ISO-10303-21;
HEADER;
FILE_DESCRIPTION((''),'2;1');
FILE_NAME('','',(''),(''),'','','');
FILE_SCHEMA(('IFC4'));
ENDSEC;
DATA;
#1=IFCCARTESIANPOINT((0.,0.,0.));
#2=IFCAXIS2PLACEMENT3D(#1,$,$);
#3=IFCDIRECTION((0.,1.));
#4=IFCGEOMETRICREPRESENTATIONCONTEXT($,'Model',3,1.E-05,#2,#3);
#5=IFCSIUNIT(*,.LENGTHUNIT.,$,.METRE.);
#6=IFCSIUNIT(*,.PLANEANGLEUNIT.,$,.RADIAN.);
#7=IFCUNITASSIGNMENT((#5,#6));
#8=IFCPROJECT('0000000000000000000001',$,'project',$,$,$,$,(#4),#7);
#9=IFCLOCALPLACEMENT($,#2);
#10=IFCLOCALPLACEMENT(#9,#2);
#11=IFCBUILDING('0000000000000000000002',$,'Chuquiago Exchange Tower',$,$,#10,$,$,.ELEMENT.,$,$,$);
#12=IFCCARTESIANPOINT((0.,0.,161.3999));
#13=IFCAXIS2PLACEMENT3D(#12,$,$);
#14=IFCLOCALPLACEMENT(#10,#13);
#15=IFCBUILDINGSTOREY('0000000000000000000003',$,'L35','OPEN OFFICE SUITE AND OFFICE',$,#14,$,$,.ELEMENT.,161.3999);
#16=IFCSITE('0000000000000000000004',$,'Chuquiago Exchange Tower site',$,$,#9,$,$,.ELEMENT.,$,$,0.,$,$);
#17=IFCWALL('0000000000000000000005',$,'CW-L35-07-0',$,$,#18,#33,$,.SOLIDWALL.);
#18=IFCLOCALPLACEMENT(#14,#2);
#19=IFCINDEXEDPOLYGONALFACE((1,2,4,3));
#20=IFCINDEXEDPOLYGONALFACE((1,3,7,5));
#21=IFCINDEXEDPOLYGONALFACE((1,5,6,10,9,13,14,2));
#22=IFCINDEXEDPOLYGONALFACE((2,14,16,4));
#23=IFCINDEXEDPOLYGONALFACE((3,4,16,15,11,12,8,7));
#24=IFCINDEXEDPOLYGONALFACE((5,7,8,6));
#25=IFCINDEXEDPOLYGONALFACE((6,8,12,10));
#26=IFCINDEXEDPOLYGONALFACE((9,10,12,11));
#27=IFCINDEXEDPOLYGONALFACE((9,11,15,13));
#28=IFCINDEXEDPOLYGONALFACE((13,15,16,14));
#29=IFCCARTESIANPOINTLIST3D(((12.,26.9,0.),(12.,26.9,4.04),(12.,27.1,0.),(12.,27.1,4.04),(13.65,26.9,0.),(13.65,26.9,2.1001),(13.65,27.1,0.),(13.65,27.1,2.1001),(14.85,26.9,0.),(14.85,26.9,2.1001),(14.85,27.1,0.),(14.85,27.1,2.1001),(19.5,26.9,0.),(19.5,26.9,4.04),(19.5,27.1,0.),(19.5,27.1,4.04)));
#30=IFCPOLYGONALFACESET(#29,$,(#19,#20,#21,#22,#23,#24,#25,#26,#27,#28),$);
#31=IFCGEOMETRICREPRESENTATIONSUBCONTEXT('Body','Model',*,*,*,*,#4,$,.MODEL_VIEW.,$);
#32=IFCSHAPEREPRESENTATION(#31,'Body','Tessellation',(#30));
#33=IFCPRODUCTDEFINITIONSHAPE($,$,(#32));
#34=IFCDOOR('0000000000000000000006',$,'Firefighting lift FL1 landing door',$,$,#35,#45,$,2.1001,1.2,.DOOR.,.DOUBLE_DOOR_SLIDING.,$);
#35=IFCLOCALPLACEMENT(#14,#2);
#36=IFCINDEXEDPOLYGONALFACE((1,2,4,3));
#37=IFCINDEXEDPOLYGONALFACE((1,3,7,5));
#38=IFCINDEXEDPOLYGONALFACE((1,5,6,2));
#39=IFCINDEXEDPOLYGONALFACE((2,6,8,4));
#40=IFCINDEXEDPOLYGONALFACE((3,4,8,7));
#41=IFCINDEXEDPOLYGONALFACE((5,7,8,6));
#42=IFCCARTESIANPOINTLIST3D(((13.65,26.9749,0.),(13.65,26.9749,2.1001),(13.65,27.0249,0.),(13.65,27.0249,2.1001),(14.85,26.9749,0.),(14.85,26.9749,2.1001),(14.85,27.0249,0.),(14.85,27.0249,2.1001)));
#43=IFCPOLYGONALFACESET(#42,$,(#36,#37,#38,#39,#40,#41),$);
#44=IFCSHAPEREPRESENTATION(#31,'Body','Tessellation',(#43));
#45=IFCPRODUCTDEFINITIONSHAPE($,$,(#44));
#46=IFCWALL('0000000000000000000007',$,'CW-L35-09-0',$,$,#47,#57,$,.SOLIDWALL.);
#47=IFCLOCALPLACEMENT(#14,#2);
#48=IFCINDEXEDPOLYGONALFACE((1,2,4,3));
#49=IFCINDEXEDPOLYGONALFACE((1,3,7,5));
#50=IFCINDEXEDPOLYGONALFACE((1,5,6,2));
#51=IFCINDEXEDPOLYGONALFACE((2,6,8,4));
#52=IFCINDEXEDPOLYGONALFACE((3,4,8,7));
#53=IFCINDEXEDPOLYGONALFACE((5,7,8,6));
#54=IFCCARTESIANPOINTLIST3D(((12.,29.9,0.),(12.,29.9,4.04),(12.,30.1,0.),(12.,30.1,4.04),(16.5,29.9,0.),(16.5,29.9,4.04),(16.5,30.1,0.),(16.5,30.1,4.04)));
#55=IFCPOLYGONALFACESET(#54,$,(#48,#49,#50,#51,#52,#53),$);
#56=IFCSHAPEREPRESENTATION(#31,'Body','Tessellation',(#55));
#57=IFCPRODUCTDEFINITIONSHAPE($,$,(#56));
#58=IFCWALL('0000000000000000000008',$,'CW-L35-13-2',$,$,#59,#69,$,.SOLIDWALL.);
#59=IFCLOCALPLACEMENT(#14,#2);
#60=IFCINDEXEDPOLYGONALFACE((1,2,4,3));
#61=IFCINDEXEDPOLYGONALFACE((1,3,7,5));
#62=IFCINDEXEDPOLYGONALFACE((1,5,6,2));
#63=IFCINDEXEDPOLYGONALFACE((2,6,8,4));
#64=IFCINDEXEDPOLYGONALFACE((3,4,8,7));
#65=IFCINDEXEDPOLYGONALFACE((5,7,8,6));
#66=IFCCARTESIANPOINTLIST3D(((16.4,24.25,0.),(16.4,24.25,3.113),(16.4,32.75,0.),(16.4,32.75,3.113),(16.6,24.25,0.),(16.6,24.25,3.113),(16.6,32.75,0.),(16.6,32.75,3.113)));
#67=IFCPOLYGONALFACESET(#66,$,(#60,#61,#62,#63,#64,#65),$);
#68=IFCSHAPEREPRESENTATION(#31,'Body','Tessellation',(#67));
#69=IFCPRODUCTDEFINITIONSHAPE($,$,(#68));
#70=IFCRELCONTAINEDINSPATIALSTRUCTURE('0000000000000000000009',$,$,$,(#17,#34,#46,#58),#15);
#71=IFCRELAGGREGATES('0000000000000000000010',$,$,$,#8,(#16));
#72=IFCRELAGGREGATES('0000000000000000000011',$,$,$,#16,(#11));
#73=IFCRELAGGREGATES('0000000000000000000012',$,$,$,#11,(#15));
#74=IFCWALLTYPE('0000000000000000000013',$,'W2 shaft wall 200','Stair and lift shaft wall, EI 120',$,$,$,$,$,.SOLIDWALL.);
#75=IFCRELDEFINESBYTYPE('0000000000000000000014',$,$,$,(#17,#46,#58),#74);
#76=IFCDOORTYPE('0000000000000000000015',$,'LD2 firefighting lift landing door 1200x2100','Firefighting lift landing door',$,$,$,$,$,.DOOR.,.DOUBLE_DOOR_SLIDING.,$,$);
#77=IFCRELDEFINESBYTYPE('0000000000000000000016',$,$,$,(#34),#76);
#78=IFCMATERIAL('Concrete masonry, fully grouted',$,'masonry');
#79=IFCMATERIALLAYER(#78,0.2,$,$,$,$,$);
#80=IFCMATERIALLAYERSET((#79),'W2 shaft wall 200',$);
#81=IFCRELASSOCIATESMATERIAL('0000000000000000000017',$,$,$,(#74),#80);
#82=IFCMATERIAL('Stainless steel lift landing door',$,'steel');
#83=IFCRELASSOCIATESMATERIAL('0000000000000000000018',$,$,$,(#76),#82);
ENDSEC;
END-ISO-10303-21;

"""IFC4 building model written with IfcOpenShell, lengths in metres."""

from ifc_helpers import new_model, si_unit, direction, frame, frame_2d, origin, place, context, subcontext, project, spatial, rectangle, extrude, material, layer, layer_set, type_object, element, fill, save


model = new_model("IFC4")

# Units and contexts
model_context = context("Model", 3, precision=1e-05, world=origin(), true_north=direction((0.0, 1.0)))
body_context = subcontext(model_context, "Body", "Model", "MODEL_VIEW")
ifc_project = project(units=[si_unit("LENGTHUNIT", "METRE"), si_unit("PLANEANGLEUNIT", "RADIAN")], contexts=[model_context])

# Site, building, storey
site_placement = place(None, origin())
site = spatial("IfcSite", under=ifc_project, at=site_placement, Name="Chuquiago Exchange Tower site", CompositionType="ELEMENT", RefElevation=0.0)
building_placement = place(site_placement, origin())
building = spatial("IfcBuilding", under=site, at=building_placement, Name="Chuquiago Exchange Tower", CompositionType="ELEMENT")
storey_placement = place(building_placement, frame((0.0, 0.0, 161.3999)))
storey = spatial("IfcBuildingStorey", under=building, at=storey_placement, Name="L35", Description="OPEN OFFICE SUITE AND OFFICE", CompositionType="ELEMENT", Elevation=161.3999)

# Shared definitions
ifc_material_1 = material(Name="Concrete masonry, fully grouted", Category="masonry")
ifc_layer_1 = layer(ifc_material_1, 0.2)
ifc_layer_set_1 = layer_set([ifc_layer_1], Name="W2 shaft wall 200")
wall_type_1 = type_object("IfcWallType", Name="W2 shaft wall 200", Description="Stair and lift shaft wall, EI 120", PredefinedType="SOLIDWALL", material=ifc_layer_set_1)

# Wall, opening, door
wall_1_placement = place(storey_placement, frame((12.0, 27.0, 0.0), z_axis=(0.0, 0.0, 1.0), x_axis=(1.0, 0.0, 0.0)))
wall_1 = element("IfcWall", 1, at=wall_1_placement, inside=storey, type_object=wall_type_1, Name="CW-L35-07-0", PredefinedType="SOLIDWALL", context=body_context, shape_type="SweptSolid", body=[
    extrude(rectangle(XDim=7.5, YDim=0.2, at=frame_2d((3.75, 0.0))), origin(), (0.0, 0.0, 1.0), 4.04),
])
opening_1_placement = place(wall_1_placement, frame((1.6499, 0.0, 0.0)))
opening_1 = element("IfcOpeningElement", 2, at=opening_1_placement, cuts=wall_1, PredefinedType="OPENING", context=body_context, shape_type="SweptSolid", body=[
    extrude(rectangle(XDim=1.2, YDim=2.1001, at=frame_2d((0.6001, 1.05))), frame((0.0, 0.1099, 0.0), z_axis=(0.0, -1.0, 0.0), x_axis=(1.0, 0.0, 0.0)), (0.0, 0.0, 1.0), 0.22),
])
ifc_material_2 = material(Name="Stainless steel lift landing door", Category="steel")
door_type_1 = type_object("IfcDoorType", Name="LD2 firefighting lift landing door 1200x2100", Description="Firefighting lift landing door", OperationType="DOUBLE_DOOR_SLIDING", PredefinedType="DOOR", material=ifc_material_2)
door_1_placement = place(opening_1_placement, origin())
door_1 = element("IfcDoor", 3, at=door_1_placement, inside=storey, type_object=door_type_1, Name="Firefighting lift FL1 landing door", OperationType="DOUBLE_DOOR_SLIDING", OverallHeight=2.1001, OverallWidth=1.2, PredefinedType="DOOR", context=body_context, shape_type="SweptSolid", body=[
    extrude(rectangle(XDim=1.2, YDim=2.1001, at=frame_2d((0.6001, 1.05))), frame((0.0, 0.0249, 0.0), z_axis=(0.0, -1.0, 0.0), x_axis=(1.0, 0.0, 0.0)), (0.0, 0.0, 1.0), 0.05),
])
fill(opening_1, door_1)

# Walls
wall_2_placement = place(storey_placement, frame((12.0, 30.0, 0.0), z_axis=(0.0, 0.0, 1.0), x_axis=(1.0, 0.0, 0.0)))
element("IfcWall", 4, at=wall_2_placement, inside=storey, type_object=wall_type_1, Name="CW-L35-09-0", PredefinedType="SOLIDWALL", context=body_context, shape_type="SweptSolid", body=[
    extrude(rectangle(XDim=4.5, YDim=0.2, at=frame_2d((2.25, 0.0))), origin(), (0.0, 0.0, 1.0), 4.04),
])
wall_3_placement = place(storey_placement, frame((16.5, 24.25, 0.0), z_axis=(0.0, 0.0, 1.0), x_axis=(0.0, 1.0, 0.0)))
element("IfcWall", 5, at=wall_3_placement, inside=storey, type_object=wall_type_1, Name="CW-L35-13-2", PredefinedType="SOLIDWALL", context=body_context, shape_type="SweptSolid", body=[
    extrude(rectangle(XDim=8.5, YDim=0.2, at=frame_2d((4.25, 0.0))), origin(), (0.0, 0.0, 1.0), 3.113),
])

save(model, "model.ifc")
